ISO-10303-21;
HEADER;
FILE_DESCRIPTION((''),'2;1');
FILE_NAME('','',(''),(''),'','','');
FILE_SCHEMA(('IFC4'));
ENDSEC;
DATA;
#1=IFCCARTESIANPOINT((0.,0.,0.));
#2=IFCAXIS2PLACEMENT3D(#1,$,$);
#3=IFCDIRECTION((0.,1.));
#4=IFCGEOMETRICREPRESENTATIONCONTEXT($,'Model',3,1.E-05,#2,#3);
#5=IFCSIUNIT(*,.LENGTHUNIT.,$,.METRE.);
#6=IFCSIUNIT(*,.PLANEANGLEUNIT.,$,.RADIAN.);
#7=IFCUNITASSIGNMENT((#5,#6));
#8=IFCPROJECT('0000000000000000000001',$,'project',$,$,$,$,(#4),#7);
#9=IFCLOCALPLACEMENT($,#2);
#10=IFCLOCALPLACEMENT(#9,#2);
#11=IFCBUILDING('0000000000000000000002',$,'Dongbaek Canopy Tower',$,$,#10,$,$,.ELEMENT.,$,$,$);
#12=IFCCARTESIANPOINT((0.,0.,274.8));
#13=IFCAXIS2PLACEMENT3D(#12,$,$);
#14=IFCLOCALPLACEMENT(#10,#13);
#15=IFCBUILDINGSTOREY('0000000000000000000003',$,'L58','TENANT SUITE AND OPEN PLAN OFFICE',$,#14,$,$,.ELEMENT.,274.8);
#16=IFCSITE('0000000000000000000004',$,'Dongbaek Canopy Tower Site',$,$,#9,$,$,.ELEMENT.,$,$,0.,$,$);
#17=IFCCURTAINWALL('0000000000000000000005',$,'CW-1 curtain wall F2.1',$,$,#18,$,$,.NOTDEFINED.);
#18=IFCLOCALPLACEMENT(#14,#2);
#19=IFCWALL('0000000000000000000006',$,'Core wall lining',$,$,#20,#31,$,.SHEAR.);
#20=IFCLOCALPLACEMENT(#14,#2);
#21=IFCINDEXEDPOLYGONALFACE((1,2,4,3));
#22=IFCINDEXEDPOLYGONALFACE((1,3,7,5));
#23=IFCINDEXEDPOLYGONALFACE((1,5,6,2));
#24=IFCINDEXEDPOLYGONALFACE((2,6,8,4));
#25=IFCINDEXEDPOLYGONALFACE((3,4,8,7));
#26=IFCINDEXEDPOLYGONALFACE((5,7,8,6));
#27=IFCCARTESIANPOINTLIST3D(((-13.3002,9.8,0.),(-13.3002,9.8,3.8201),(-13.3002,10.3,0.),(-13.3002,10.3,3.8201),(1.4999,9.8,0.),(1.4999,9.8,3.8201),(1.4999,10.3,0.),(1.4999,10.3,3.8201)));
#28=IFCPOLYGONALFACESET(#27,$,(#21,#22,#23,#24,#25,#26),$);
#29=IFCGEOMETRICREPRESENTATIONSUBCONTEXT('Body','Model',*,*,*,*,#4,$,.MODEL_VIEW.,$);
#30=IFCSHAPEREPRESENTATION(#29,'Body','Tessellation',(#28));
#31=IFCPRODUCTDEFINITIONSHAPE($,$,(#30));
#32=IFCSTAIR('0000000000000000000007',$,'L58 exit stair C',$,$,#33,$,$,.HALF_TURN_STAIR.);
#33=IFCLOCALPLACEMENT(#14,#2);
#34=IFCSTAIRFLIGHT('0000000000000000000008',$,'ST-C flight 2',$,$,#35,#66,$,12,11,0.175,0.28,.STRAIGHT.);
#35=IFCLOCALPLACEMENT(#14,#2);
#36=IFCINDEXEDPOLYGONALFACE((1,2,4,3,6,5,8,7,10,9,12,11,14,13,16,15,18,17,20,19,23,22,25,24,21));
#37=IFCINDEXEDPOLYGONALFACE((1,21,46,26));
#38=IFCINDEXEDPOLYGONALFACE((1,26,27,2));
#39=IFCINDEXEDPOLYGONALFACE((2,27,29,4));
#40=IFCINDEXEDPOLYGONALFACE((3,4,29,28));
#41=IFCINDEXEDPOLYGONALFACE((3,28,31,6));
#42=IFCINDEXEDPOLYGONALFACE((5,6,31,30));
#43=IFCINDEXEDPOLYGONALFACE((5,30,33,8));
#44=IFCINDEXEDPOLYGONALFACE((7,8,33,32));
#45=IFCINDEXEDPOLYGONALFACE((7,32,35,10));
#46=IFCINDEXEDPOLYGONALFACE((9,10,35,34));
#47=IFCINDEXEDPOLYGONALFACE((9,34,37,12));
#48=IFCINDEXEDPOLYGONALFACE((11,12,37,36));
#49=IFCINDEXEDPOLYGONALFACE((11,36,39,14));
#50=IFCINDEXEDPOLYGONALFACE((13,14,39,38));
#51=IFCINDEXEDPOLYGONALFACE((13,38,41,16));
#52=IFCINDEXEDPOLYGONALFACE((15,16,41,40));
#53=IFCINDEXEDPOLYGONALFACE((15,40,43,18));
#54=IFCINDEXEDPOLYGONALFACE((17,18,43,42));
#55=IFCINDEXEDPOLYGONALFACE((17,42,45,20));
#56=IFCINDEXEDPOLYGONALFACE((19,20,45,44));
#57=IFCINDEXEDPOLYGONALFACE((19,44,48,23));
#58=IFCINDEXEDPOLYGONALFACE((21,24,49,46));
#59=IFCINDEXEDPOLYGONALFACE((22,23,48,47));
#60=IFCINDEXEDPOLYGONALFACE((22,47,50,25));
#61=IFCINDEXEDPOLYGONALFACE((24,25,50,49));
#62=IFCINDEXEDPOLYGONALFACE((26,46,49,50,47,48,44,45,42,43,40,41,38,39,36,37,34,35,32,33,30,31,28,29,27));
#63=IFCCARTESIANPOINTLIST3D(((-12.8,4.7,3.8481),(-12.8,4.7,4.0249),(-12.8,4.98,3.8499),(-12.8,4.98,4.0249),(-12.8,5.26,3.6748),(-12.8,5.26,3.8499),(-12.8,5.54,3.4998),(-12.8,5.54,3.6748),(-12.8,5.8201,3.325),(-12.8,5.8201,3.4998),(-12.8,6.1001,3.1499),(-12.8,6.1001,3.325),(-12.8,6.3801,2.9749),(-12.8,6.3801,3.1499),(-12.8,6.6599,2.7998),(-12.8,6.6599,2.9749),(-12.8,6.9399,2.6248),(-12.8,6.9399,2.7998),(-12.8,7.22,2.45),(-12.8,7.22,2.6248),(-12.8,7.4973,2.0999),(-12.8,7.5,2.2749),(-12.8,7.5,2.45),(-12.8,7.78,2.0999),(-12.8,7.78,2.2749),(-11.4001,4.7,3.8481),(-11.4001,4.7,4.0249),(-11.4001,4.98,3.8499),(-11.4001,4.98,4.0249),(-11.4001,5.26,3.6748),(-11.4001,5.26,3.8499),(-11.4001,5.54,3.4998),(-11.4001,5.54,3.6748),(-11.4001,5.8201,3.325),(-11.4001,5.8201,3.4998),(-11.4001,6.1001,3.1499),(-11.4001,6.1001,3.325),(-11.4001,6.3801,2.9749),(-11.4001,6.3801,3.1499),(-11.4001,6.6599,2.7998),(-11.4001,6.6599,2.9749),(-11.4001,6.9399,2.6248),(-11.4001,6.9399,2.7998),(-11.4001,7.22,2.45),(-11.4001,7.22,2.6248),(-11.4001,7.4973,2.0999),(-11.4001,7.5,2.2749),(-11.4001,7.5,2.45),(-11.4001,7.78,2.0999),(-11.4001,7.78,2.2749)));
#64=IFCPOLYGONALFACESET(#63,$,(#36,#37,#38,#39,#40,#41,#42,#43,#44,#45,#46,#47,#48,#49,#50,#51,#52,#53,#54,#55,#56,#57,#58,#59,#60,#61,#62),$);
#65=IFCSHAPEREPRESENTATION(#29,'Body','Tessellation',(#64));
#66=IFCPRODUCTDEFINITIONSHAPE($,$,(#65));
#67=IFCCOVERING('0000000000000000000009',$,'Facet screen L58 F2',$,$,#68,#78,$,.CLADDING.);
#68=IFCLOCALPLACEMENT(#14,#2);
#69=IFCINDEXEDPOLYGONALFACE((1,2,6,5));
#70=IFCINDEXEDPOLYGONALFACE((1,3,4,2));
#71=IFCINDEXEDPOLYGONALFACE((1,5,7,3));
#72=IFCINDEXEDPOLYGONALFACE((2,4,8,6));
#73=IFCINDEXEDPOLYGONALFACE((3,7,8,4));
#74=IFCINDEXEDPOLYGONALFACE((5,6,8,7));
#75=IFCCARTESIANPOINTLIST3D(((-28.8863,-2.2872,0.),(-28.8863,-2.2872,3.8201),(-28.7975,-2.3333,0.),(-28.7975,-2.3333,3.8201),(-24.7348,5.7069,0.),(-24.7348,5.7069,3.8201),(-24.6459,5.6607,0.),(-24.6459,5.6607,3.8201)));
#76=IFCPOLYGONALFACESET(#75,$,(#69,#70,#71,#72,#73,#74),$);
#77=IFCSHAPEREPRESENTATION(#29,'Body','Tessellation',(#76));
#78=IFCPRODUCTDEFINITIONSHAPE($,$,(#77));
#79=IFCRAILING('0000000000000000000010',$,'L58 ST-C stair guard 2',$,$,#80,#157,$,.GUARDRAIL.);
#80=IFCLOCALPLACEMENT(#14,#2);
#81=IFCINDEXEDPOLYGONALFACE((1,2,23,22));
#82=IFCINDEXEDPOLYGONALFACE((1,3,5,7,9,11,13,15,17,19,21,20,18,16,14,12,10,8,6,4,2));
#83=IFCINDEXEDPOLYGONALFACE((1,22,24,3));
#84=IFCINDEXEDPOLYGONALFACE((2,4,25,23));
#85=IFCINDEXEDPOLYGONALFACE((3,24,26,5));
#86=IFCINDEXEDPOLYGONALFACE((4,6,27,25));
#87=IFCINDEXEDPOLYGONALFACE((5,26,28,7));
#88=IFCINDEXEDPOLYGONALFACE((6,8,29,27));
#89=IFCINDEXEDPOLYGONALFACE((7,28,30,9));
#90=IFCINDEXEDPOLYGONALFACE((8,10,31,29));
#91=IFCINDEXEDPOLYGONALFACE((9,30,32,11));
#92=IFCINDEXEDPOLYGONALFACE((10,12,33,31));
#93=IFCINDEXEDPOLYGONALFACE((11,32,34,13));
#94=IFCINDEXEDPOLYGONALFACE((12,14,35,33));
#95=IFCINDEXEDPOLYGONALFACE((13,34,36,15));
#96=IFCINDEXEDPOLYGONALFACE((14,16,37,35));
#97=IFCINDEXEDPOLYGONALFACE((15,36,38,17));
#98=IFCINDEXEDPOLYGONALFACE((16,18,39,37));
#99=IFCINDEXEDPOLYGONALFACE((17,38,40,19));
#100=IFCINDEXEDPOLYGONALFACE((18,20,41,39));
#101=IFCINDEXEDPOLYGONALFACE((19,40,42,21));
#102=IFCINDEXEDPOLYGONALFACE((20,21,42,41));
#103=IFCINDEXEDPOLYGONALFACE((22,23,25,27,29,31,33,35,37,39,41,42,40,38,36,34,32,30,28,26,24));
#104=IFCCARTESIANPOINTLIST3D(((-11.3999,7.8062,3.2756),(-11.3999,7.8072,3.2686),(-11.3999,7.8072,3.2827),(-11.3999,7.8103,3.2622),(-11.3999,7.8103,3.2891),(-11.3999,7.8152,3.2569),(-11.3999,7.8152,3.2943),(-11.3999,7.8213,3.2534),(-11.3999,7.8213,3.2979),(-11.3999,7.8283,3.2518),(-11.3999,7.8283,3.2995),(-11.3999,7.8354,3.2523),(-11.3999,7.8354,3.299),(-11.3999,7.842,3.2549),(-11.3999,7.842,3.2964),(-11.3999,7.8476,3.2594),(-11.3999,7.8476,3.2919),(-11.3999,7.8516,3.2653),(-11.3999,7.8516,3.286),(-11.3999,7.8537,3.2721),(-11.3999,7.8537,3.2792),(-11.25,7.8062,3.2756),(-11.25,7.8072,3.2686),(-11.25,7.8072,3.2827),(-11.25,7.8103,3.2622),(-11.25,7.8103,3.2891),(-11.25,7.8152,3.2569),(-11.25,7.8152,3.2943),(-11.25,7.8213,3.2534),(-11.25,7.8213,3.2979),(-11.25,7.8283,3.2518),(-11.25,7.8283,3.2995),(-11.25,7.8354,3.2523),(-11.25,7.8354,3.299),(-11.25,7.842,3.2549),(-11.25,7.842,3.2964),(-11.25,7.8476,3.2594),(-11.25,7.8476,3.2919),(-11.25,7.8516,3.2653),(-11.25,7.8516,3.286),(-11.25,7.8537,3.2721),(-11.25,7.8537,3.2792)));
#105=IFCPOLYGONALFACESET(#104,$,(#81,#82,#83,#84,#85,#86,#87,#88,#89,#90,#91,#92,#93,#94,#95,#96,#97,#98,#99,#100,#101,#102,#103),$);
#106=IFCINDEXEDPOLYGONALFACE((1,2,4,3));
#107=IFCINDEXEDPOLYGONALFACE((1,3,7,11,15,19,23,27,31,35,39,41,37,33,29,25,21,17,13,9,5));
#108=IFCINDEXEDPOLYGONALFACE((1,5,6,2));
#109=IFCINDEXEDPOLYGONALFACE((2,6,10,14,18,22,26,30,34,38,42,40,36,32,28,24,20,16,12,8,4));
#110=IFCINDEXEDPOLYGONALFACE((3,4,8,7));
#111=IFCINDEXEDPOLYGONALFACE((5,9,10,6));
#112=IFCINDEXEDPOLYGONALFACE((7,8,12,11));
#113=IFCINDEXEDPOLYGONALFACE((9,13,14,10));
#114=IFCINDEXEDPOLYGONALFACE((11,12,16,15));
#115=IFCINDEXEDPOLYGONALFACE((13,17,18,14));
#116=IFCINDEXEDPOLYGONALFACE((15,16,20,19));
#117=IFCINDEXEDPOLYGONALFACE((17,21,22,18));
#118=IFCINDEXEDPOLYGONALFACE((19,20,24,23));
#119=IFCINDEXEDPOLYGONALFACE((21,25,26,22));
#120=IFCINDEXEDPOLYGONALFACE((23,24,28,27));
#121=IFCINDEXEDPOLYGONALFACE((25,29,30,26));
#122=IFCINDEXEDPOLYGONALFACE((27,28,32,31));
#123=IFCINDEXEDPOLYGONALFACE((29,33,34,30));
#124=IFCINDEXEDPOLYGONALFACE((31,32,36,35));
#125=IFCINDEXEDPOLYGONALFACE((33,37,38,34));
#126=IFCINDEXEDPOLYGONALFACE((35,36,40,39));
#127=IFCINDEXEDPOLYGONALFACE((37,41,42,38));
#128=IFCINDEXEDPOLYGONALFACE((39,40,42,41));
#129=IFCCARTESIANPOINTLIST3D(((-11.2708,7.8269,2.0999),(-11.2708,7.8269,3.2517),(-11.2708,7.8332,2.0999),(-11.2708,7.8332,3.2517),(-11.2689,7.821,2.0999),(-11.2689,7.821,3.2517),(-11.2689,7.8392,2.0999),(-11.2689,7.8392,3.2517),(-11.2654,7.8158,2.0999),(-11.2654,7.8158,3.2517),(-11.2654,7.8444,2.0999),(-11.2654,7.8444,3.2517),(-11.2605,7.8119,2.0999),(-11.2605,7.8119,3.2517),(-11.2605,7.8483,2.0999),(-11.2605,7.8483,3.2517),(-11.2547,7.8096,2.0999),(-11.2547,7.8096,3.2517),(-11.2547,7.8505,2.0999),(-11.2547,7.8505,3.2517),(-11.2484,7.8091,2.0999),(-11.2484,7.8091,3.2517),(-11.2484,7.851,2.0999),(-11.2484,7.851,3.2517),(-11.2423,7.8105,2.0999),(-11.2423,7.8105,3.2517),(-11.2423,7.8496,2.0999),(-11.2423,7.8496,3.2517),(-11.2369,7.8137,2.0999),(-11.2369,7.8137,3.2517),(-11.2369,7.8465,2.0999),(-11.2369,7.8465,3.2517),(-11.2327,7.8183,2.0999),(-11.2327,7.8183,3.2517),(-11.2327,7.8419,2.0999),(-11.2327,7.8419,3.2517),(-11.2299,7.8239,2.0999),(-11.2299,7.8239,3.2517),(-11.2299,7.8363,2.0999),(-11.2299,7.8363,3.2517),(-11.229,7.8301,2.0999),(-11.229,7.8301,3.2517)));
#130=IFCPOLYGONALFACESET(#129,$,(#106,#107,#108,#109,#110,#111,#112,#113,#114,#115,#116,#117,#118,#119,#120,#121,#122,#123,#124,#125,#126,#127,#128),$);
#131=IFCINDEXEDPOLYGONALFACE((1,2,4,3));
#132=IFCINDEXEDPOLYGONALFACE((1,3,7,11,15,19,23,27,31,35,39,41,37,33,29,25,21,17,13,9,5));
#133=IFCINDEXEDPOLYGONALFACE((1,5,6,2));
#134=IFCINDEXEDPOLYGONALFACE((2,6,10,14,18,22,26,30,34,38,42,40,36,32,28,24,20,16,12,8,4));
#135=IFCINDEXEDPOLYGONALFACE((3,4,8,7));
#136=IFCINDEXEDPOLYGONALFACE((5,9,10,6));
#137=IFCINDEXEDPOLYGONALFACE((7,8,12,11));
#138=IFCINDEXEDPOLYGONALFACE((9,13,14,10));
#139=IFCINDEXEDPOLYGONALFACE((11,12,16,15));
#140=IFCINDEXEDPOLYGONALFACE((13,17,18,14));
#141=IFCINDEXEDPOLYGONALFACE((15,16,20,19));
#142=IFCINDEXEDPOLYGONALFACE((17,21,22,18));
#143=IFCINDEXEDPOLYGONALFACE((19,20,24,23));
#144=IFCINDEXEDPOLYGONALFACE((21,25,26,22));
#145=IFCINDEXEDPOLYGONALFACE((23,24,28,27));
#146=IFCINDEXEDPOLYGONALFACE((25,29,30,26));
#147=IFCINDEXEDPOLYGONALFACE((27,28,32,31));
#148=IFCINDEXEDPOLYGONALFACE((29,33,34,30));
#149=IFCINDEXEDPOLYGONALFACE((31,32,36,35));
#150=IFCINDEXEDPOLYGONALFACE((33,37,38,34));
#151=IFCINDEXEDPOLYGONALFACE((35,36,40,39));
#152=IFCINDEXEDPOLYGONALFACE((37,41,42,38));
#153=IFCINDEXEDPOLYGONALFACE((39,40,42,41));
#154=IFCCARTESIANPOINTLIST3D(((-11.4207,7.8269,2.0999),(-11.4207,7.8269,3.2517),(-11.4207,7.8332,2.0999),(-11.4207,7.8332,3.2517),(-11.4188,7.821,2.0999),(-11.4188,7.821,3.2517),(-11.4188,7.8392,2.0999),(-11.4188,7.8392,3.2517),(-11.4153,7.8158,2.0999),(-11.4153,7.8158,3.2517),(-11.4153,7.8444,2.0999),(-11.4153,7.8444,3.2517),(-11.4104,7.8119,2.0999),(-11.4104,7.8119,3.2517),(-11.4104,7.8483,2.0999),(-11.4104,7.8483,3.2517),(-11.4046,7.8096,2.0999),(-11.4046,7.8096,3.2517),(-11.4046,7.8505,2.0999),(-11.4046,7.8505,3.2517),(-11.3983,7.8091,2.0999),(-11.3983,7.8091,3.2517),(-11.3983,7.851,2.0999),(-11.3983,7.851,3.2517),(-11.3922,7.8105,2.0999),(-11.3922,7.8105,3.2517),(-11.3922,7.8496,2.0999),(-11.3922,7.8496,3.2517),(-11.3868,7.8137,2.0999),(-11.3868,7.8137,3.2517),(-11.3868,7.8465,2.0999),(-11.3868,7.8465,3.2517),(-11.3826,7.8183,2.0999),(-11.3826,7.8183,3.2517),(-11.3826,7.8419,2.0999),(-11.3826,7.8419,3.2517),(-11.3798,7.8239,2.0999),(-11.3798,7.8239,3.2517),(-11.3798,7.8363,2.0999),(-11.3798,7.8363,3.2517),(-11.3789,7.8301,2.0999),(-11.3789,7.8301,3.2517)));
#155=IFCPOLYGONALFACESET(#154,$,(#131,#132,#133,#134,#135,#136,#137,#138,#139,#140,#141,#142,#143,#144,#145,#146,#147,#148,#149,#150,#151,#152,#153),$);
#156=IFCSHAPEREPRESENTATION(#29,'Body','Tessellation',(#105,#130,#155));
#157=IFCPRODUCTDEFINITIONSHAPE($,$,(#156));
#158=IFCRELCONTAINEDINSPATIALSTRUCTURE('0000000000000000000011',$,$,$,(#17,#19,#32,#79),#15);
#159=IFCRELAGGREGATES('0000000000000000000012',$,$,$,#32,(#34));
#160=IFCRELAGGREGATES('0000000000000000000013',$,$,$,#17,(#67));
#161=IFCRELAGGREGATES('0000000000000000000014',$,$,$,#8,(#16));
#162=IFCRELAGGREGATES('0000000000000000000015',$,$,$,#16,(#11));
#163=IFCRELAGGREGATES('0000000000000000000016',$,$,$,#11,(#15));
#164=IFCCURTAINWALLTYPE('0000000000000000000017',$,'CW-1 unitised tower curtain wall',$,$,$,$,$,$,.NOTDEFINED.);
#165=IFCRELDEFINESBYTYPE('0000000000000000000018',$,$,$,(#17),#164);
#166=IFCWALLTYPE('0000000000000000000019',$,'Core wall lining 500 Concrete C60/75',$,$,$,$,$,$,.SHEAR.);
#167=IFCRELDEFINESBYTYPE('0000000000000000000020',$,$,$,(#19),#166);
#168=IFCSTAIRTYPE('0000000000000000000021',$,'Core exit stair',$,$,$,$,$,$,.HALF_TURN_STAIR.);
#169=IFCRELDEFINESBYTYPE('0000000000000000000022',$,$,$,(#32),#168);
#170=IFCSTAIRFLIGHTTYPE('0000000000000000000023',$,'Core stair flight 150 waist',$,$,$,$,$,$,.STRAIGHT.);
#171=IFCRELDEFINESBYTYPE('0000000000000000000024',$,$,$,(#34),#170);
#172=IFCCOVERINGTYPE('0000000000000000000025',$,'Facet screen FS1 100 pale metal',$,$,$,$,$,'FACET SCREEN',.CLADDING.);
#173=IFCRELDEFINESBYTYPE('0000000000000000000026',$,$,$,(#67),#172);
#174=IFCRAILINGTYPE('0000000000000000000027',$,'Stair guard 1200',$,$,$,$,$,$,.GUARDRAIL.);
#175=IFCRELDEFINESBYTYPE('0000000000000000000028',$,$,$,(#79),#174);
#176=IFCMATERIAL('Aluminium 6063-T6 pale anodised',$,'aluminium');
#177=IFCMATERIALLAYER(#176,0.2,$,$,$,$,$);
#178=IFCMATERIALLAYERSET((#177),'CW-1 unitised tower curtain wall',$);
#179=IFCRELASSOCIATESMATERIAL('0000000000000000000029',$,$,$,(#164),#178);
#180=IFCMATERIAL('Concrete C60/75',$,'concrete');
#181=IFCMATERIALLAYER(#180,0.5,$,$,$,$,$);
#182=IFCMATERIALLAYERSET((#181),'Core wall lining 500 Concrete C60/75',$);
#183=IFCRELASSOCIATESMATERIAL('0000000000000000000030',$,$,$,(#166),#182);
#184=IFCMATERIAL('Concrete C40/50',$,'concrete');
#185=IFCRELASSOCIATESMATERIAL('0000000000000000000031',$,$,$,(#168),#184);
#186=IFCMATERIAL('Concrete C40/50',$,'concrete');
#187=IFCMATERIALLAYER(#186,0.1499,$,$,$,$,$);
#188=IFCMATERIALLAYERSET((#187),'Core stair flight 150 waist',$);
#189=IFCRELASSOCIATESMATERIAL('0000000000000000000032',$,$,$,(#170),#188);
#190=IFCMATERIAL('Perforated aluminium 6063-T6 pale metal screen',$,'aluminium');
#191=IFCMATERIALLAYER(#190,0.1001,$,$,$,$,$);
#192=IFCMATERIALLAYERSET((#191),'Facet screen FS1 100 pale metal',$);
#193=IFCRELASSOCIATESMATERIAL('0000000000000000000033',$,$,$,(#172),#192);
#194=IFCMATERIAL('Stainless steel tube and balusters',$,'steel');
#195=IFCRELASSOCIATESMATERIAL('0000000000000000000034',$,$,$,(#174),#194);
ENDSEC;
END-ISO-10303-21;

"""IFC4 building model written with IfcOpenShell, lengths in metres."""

from ifc_helpers import new_model, si_unit, direction, frame, frame_2d, origin, origin_2d, place, context, subcontext, project, spatial, polyline, rectangle, circle, outline, extrude, material, layer, layer_set, type_object, element, aggregate, save


model = new_model("IFC4")

# Units and contexts
model_context = context("Model", 3, precision=1e-05, world=origin(), true_north=direction((0.0, 1.0)))
body_context = subcontext(model_context, "Body", "Model", "MODEL_VIEW")
ifc_project = project(units=[si_unit("LENGTHUNIT", "METRE"), si_unit("PLANEANGLEUNIT", "RADIAN")], contexts=[model_context])

# Site, building, storey
site_placement = place(None, origin())
site = spatial("IfcSite", under=ifc_project, at=site_placement, Name="Dongbaek Canopy Tower Site", CompositionType="ELEMENT", RefElevation=0.0)
building_placement = place(site_placement, origin())
building = spatial("IfcBuilding", under=site, at=building_placement, Name="Dongbaek Canopy Tower", CompositionType="ELEMENT")
storey_placement = place(building_placement, frame((0.0, 0.0, 274.8)))
storey = spatial("IfcBuildingStorey", under=building, at=storey_placement, Name="L58", Description="TENANT SUITE AND OPEN PLAN OFFICE", CompositionType="ELEMENT", Elevation=274.8)

# Curtain wall
ifc_material_1 = material(Name="Aluminium 6063-T6 pale anodised", Category="aluminium")
ifc_layer_1 = layer(ifc_material_1, 0.2)
ifc_layer_set_1 = layer_set([ifc_layer_1], Name="CW-1 unitised tower curtain wall")
curtain_wall_type = type_object("IfcCurtainWallType", Name="CW-1 unitised tower curtain wall", PredefinedType="NOTDEFINED", material=ifc_layer_set_1)
curtain_wall_placement = place(storey_placement, origin())
curtain_wall = element("IfcCurtainWall", 1, at=curtain_wall_placement, inside=storey, type_object=curtain_wall_type, Name="CW-1 curtain wall F2.1", PredefinedType="NOTDEFINED")

# Wall
ifc_material_2 = material(Name="Concrete C60/75", Category="concrete")
ifc_layer_2 = layer(ifc_material_2, 0.5)
ifc_layer_set_2 = layer_set([ifc_layer_2], Name="Core wall lining 500 Concrete C60/75")
wall_type_1 = type_object("IfcWallType", Name="Core wall lining 500 Concrete C60/75", PredefinedType="SHEAR", material=ifc_layer_set_2)
wall_1_placement = place(storey_placement, frame((-13.3, 10.05, 0.0), z_axis=(0.0, 0.0, 1.0), x_axis=(1.0, 0.0, 0.0)))
element("IfcWall", 2, at=wall_1_placement, inside=storey, type_object=wall_type_1, Name="Core wall lining", PredefinedType="SHEAR", context=body_context, shape_type="SweptSolid", body=[
    extrude(rectangle(XDim=14.8, YDim=0.5, at=frame_2d((7.3999, 0.0))), origin(), (0.0, 0.0, 1.0), 3.8201),
])

# Stair, stair flight
ifc_material_3 = material(Name="Concrete C40/50", Category="concrete")
stair_type = type_object("IfcStairType", Name="Core exit stair", PredefinedType="HALF_TURN_STAIR", material=ifc_material_3)
stair_placement = place(storey_placement, origin())
stair = element("IfcStair", 3, at=stair_placement, inside=storey, type_object=stair_type, Name="L58 exit stair C", PredefinedType="HALF_TURN_STAIR")
ifc_material_4 = material(Name="Concrete C40/50", Category="concrete")
ifc_layer_3 = layer(ifc_material_4, 0.1499)
ifc_layer_set_3 = layer_set([ifc_layer_3], Name="Core stair flight 150 waist")
stair_flight_type = type_object("IfcStairFlightType", Name="Core stair flight 150 waist", PredefinedType="STRAIGHT", material=ifc_layer_set_3)
stair_flight_placement = place(storey_placement, frame((-12.1001, 7.78, 2.0999), z_axis=(0.0, 0.0, 1.0), x_axis=(0.0, -1.0, 0.0)))
stair_flight = element("IfcStairFlight", 4, at=stair_flight_placement, type_object=stair_flight_type, Name="ST-C flight 2", NumberOfRisers=12, NumberOfTreads=11, PredefinedType="STRAIGHT", RiserHeight=0.175, TreadLength=0.28, context=body_context, shape_type="SweptSolid", body=[
    extrude(outline(polyline([(0.0, 0.0), (0.0, 0.175), (0.28, 0.175), (0.28, 0.3501), (0.5601, 0.3501), (0.5601, 0.5249), (0.8401, 0.5249), (0.8401, 0.7), (1.1201, 0.7), (1.1201, 0.875), (1.3999, 0.875), (1.3999, 1.05), (1.6799, 1.05), (1.6799, 1.2251), (1.96, 1.2251), (1.96, 1.3999), (2.24, 1.3999), (2.24, 1.575), (2.52, 1.575), (2.52, 1.75), (2.8, 1.75), (2.8, 1.925), (3.0801, 1.925), (3.0801, 2.1001), (3.0801, 1.7483), (0.2827, 0.0), (0.0, 0.0)])), frame((0.0, 0.7, 0.0), z_axis=(0.0, -1.0, 0.0), x_axis=(1.0, 0.0, 0.0)), (0.0, 0.0, 1.0), 1.3999),
])
aggregate(stair, [stair_flight])

# Covering
ifc_material_5 = material(Name="Perforated aluminium 6063-T6 pale metal screen", Category="aluminium")
ifc_layer_4 = layer(ifc_material_5, 0.1001)
ifc_layer_set_4 = layer_set([ifc_layer_4], Name="Facet screen FS1 100 pale metal")
covering_type = type_object("IfcCoveringType", Name="Facet screen FS1 100 pale metal", ElementType="FACET SCREEN", PredefinedType="CLADDING", material=ifc_layer_set_4)
covering_placement = place(storey_placement, frame((-26.7661, 1.6868, 0.0), z_axis=(0.0, 0.0, 1.0), x_axis=(-0.46088, -0.887463, 0.0)))
covering = element("IfcCovering", 5, at=covering_placement, type_object=covering_type, Name="Facet screen L58 F2", PredefinedType="CLADDING", context=body_context, shape_type="SweptSolid", body=[
    extrude(rectangle(XDim=9.0078, YDim=0.1001, at=origin_2d()), origin(), (0.0, 0.0, 1.0), 3.8201),
])
aggregate(curtain_wall, [covering])

# Railing
ifc_material_6 = material(Name="Stainless steel tube and balusters", Category="steel")
railing_type_1 = type_object("IfcRailingType", Name="Stair guard 1200", PredefinedType="GUARDRAIL", material=ifc_material_6)
railing_1_placement = place(storey_placement, frame((-11.25, 7.8301, 2.0999)))
element("IfcRailing", 6, at=railing_1_placement, inside=storey, type_object=railing_type_1, Name="L58 ST-C stair guard 2", PredefinedType="GUARDRAIL", context=body_context, shape_type="SweptSolid", body=[
    extrude(circle(Radius=0.0239, at=origin_2d()), frame((0.0, 0.0, 1.1758), z_axis=(-1.0, 0.0, 0.0), x_axis=(0.0, -1.0, 0.0)), (0.0, 0.0, 1.0), 0.1499),
    extrude(circle(Radius=0.021, at=origin_2d()), origin(), (0.0, 0.0, 1.0), 1.1519),
    extrude(circle(Radius=0.021, at=origin_2d()), frame((-0.1499, 0.0, 0.0)), (0.0, 0.0, 1.0), 1.1519),
])

save(model, "model.ifc")
